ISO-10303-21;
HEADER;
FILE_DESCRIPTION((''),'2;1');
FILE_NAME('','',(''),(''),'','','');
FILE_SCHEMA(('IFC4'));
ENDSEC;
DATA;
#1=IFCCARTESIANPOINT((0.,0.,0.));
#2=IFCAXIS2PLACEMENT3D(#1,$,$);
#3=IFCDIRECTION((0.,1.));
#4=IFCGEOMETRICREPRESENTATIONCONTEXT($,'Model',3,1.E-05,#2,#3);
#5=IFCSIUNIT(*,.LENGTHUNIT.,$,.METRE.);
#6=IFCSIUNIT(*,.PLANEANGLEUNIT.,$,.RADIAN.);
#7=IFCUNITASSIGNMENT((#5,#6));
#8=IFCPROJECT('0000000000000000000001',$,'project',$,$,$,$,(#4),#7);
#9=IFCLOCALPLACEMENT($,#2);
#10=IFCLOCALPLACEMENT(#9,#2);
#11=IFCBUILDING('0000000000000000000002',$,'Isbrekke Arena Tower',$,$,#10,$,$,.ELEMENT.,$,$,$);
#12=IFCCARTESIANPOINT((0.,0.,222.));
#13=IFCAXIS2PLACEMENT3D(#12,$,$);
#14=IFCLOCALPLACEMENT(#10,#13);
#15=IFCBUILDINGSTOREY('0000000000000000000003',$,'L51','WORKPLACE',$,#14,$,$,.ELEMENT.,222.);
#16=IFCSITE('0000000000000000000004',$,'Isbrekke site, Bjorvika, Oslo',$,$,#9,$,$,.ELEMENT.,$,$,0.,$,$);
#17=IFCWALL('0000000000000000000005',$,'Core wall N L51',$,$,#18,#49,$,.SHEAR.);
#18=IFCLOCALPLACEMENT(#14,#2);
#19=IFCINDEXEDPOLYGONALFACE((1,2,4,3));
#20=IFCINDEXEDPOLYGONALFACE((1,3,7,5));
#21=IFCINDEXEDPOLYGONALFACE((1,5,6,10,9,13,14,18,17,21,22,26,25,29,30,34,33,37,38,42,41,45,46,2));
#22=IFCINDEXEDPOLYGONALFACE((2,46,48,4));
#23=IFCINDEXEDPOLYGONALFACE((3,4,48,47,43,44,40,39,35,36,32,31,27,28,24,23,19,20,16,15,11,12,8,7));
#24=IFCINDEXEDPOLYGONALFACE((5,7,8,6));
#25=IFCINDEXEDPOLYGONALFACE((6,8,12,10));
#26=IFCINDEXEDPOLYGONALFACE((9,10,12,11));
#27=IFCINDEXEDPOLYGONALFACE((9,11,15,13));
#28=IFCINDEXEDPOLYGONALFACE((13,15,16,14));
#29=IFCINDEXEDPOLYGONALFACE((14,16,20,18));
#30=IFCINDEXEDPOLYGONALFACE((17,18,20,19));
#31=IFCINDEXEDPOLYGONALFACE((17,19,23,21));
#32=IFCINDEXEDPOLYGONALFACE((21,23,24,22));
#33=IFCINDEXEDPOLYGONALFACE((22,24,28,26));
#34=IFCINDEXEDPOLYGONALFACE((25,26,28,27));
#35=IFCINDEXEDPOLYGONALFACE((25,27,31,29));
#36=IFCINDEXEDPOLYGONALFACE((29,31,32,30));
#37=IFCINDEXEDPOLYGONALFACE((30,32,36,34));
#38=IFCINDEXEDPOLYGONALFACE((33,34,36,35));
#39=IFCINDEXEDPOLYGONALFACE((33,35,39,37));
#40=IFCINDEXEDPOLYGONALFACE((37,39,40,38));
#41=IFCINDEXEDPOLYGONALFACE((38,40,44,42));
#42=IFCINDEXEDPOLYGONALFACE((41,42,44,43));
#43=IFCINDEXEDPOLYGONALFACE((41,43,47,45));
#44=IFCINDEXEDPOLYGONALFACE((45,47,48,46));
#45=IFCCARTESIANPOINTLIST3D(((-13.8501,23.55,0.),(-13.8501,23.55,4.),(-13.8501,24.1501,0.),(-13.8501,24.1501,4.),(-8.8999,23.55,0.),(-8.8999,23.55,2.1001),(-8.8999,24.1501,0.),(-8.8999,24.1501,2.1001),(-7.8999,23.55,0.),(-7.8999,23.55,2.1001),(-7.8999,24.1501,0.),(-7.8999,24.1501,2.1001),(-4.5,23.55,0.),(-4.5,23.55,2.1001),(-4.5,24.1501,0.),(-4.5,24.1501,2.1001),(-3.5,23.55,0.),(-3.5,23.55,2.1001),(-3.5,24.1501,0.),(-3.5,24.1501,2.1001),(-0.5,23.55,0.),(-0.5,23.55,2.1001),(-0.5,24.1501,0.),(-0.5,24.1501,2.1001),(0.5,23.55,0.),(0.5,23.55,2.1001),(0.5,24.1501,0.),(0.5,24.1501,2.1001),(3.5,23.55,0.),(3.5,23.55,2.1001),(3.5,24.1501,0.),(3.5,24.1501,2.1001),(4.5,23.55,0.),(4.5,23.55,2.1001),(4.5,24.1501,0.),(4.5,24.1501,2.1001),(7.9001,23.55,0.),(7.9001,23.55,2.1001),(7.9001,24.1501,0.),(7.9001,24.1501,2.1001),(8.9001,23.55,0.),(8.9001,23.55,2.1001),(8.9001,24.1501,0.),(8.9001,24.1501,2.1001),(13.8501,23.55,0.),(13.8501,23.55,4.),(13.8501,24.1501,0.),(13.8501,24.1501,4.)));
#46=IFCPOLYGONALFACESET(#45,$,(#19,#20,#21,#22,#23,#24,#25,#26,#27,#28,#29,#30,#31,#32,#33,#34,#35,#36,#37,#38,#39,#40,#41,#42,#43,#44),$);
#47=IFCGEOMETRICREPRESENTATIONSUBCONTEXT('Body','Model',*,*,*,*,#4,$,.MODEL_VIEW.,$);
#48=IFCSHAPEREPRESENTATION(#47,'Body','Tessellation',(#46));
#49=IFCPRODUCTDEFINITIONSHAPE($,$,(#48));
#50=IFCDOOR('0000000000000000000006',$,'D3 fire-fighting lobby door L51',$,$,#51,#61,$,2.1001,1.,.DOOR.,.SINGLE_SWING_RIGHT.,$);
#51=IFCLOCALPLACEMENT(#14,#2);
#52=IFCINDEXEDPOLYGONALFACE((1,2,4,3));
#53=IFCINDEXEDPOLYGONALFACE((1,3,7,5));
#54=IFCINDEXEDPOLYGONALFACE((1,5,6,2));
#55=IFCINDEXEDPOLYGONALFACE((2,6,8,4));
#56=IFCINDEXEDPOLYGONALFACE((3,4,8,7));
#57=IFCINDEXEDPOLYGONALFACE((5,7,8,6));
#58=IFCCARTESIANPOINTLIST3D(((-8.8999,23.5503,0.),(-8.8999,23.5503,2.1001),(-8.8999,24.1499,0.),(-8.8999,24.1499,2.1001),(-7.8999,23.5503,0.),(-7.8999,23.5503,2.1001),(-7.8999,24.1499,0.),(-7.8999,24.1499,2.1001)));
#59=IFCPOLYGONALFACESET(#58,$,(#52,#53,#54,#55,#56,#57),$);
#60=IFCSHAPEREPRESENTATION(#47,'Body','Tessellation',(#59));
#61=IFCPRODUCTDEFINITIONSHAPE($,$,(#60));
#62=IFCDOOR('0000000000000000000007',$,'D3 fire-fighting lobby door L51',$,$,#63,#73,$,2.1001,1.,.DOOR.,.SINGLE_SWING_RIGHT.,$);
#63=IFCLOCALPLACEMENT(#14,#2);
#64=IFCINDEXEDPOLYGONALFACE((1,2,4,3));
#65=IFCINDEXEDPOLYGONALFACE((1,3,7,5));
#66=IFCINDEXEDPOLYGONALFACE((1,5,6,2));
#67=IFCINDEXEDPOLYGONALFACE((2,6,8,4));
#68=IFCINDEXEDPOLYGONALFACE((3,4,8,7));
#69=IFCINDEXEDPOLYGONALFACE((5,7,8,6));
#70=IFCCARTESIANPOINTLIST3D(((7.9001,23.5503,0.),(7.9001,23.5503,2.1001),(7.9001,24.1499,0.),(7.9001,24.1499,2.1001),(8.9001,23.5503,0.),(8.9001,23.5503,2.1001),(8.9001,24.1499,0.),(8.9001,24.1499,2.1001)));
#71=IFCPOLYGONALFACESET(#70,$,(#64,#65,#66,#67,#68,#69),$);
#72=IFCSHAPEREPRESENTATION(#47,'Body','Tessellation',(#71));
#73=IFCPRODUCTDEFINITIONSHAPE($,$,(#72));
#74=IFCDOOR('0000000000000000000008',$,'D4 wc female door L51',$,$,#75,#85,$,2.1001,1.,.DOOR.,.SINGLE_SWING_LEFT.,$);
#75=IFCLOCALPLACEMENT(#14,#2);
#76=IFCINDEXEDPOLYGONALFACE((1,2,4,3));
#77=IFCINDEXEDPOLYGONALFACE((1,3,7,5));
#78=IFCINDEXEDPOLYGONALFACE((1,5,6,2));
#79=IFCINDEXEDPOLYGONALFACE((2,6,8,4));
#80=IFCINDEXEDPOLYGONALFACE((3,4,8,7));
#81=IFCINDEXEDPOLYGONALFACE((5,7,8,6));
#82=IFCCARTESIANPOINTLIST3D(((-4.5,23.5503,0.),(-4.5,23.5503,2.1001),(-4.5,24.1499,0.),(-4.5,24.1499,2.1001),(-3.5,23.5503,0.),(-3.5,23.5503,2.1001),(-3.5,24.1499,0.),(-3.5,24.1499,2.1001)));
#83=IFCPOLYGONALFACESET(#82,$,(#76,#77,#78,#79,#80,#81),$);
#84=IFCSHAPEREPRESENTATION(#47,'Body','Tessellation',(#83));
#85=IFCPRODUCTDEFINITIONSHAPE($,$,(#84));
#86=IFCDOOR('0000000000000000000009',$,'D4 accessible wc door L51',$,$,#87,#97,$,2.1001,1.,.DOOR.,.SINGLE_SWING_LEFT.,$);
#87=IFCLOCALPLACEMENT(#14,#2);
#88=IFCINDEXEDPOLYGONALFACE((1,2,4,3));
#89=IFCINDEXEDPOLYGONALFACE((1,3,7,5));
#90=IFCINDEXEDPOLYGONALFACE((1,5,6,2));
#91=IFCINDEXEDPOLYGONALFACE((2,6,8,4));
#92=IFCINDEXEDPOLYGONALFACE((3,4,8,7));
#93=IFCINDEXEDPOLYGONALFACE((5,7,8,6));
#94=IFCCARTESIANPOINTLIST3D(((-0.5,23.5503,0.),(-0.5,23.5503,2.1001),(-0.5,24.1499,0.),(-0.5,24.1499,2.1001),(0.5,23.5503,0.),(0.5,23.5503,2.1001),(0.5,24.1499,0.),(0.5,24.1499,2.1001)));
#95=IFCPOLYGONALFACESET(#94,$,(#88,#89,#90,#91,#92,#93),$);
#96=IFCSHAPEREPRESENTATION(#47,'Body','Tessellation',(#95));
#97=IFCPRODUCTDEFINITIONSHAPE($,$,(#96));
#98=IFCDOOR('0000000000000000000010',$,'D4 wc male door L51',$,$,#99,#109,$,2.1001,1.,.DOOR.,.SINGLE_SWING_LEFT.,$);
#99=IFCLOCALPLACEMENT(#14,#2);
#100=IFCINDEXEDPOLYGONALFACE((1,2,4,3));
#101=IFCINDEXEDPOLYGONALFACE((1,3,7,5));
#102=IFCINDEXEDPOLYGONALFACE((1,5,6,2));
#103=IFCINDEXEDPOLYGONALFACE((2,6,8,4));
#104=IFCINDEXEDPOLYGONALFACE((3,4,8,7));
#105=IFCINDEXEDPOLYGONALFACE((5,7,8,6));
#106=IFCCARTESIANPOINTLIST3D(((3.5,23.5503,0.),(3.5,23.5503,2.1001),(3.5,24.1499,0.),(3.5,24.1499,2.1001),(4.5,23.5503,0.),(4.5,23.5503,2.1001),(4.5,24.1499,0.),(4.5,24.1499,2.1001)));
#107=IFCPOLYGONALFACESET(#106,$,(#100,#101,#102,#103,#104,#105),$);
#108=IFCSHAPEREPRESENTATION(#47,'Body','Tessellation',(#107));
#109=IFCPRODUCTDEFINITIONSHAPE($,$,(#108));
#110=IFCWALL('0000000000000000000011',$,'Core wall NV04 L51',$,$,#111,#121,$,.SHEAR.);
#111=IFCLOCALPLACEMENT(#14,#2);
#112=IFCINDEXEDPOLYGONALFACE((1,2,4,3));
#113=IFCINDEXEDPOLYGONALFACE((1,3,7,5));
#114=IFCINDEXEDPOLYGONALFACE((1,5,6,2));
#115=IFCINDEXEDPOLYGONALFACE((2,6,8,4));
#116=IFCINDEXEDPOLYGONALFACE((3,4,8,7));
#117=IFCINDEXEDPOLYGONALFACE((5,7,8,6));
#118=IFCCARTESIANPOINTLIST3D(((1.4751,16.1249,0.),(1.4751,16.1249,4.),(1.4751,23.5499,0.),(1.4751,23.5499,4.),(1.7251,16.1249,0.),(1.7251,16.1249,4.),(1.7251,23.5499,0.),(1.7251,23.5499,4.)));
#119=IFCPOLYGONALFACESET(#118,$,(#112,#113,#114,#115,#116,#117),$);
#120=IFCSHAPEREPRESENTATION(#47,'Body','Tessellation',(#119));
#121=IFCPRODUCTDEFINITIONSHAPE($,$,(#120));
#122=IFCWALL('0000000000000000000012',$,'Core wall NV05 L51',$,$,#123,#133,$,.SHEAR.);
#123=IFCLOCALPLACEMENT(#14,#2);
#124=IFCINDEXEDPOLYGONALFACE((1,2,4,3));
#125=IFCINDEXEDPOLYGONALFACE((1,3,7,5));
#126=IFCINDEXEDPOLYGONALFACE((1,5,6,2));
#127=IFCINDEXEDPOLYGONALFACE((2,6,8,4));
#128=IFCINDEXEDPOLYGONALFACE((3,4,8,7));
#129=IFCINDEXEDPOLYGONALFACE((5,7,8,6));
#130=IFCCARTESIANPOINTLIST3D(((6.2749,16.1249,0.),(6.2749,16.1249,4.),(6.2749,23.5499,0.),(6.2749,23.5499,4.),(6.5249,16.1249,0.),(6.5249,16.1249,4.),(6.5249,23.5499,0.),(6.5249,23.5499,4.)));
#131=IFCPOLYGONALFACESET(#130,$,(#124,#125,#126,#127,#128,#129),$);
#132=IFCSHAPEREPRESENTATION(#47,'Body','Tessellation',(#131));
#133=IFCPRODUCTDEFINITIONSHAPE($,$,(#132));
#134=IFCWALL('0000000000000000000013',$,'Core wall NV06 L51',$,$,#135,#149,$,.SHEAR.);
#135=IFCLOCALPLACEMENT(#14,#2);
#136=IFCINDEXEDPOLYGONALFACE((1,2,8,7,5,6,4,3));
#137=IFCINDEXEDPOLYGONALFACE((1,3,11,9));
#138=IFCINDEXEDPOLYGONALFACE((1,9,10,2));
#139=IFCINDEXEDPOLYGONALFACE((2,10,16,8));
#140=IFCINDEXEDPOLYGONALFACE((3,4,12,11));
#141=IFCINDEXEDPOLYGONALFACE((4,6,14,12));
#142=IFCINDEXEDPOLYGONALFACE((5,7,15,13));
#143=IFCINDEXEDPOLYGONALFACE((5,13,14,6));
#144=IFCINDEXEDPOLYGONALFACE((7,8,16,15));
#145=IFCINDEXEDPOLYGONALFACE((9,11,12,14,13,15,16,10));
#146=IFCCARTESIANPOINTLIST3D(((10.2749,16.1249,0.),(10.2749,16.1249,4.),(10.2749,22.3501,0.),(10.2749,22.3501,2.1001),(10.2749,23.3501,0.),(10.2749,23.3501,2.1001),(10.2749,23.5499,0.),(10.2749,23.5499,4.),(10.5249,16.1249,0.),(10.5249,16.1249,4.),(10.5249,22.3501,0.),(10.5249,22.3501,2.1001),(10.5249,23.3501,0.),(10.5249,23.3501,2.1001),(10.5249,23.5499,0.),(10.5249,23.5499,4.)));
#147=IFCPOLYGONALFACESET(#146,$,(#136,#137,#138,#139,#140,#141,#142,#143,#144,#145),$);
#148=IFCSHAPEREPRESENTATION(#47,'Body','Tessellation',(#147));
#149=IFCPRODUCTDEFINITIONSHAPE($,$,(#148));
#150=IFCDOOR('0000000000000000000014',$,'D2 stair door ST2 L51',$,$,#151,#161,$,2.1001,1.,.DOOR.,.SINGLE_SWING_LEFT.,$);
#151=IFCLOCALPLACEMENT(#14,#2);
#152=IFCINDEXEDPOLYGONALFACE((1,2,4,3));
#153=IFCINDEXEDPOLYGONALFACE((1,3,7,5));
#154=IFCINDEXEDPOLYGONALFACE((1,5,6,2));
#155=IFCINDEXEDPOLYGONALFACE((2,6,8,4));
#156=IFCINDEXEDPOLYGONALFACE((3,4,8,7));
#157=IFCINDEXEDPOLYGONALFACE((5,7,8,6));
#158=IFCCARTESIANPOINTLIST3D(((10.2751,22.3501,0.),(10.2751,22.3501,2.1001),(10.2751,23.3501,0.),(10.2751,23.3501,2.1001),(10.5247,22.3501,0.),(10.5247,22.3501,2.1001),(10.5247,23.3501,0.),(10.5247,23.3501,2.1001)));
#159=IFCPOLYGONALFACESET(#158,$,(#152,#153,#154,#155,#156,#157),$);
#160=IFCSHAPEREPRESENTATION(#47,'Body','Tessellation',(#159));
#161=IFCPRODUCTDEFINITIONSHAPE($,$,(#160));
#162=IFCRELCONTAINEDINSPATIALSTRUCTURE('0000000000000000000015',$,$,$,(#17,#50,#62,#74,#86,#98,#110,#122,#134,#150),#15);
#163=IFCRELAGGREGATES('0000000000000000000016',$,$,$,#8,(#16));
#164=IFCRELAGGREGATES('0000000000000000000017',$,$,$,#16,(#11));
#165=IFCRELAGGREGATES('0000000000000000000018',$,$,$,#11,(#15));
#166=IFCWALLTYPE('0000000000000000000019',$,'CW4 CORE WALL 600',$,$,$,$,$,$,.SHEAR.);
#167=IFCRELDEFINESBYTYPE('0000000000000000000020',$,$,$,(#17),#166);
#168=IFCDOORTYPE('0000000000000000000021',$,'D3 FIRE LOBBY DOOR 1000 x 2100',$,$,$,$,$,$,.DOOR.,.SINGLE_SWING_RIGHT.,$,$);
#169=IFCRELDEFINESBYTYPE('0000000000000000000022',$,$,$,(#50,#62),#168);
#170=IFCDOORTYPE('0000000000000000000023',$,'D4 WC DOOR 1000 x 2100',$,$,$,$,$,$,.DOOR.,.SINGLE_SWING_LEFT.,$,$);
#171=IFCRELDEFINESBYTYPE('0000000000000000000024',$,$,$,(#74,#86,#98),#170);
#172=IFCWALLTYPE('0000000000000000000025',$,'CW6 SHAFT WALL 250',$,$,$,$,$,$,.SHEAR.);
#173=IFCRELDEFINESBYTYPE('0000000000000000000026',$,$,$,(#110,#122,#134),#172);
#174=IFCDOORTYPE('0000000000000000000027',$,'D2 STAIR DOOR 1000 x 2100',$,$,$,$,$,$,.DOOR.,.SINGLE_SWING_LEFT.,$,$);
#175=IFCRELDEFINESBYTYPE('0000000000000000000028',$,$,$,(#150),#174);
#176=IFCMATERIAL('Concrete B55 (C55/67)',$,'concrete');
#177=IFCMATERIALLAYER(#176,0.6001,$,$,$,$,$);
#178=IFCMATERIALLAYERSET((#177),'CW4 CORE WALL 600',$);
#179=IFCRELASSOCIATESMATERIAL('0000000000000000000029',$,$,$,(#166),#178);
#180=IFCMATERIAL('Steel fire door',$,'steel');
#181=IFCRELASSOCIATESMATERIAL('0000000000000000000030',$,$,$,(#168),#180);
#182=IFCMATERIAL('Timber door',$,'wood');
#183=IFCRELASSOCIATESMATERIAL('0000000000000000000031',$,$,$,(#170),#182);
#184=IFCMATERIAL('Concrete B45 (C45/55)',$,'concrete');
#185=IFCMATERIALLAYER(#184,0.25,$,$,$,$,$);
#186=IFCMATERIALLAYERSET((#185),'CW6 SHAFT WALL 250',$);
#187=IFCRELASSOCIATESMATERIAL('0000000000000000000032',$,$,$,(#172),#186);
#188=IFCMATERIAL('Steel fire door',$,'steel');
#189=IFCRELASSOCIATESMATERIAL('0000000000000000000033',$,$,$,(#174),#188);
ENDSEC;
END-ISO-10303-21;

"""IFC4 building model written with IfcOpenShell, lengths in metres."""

from ifc_helpers import new_model, si_unit, direction, frame, frame_2d, origin, place, context, subcontext, project, spatial, rectangle, extrude, material, layer, layer_set, type_object, element, fill, save


model = new_model("IFC4")

# Units and contexts
model_context = context("Model", 3, precision=1e-05, world=origin(), true_north=direction((0.0, 1.0)))
body_context = subcontext(model_context, "Body", "Model", "MODEL_VIEW")
ifc_project = project(units=[si_unit("LENGTHUNIT", "METRE"), si_unit("PLANEANGLEUNIT", "RADIAN")], contexts=[model_context])

# Site, building, storey
site_placement = place(None, origin())
site = spatial("IfcSite", under=ifc_project, at=site_placement, Name="Isbrekke site, Bjorvika, Oslo", CompositionType="ELEMENT", RefElevation=0.0)
building_placement = place(site_placement, origin())
building = spatial("IfcBuilding", under=site, at=building_placement, Name="Isbrekke Arena Tower", CompositionType="ELEMENT")
storey_placement = place(building_placement, frame((0.0, 0.0, 222.0)))
storey = spatial("IfcBuildingStorey", under=building, at=storey_placement, Name="L51", Description="WORKPLACE", CompositionType="ELEMENT", Elevation=222.0)

# Wall, openings, doors
ifc_material_1 = material(Name="Concrete B55 (C55/67)", Category="concrete")
ifc_layer_1 = layer(ifc_material_1, 0.6001)
ifc_layer_set_1 = layer_set([ifc_layer_1], Name="CW4 CORE WALL 600")
wall_type_1 = type_object("IfcWallType", Name="CW4 CORE WALL 600", PredefinedType="SHEAR", material=ifc_layer_set_1)
wall_1_placement = place(storey_placement, frame((13.8501, 23.8501, 0.0), z_axis=(0.0, 0.0, 1.0), x_axis=(-1.0, 0.0, 0.0)))
wall_1 = element("IfcWall", 1, at=wall_1_placement, inside=storey, type_object=wall_type_1, Name="Core wall N L51", PredefinedType="SHEAR", context=body_context, shape_type="SweptSolid", body=[
    extrude(rectangle(XDim=27.7002, YDim=0.6001, at=frame_2d((13.8501, 0.0))), origin(), (0.0, 0.0, 1.0), 4.0),
])
opening_1_placement = place(wall_1_placement, frame((21.75, 0.0, 0.0)))
opening_1 = element("IfcOpeningElement", 2, at=opening_1_placement, cuts=wall_1, PredefinedType="OPENING", context=body_context, shape_type="SweptSolid", body=[
    extrude(rectangle(XDim=1.0, YDim=2.1001, at=frame_2d((0.5, 1.05))), frame((0.0, 0.3149, 0.0), z_axis=(0.0, -1.0, 0.0), x_axis=(1.0, 0.0, 0.0)), (0.0, 0.0, 1.0), 0.6299),
])
opening_2_placement = place(wall_1_placement, frame((4.95, 0.0, 0.0)))
opening_2 = element("IfcOpeningElement", 3, at=opening_2_placement, cuts=wall_1, PredefinedType="OPENING", context=body_context, shape_type="SweptSolid", body=[
    extrude(rectangle(XDim=1.0, YDim=2.1001, at=frame_2d((0.5, 1.05))), frame((0.0, 0.3149, 0.0), z_axis=(0.0, -1.0, 0.0), x_axis=(1.0, 0.0, 0.0)), (0.0, 0.0, 1.0), 0.6299),
])
opening_3_placement = place(wall_1_placement, frame((17.3501, 0.0, 0.0)))
opening_3 = element("IfcOpeningElement", 4, at=opening_3_placement, cuts=wall_1, PredefinedType="OPENING", context=body_context, shape_type="SweptSolid", body=[
    extrude(rectangle(XDim=1.0, YDim=2.1001, at=frame_2d((0.5, 1.05))), frame((0.0, 0.3149, 0.0), z_axis=(0.0, -1.0, 0.0), x_axis=(1.0, 0.0, 0.0)), (0.0, 0.0, 1.0), 0.6299),
])
opening_4_placement = place(wall_1_placement, frame((13.3501, 0.0, 0.0)))
opening_4 = element("IfcOpeningElement", 5, at=opening_4_placement, cuts=wall_1, PredefinedType="OPENING", context=body_context, shape_type="SweptSolid", body=[
    extrude(rectangle(XDim=1.0, YDim=2.1001, at=frame_2d((0.5, 1.05))), frame((0.0, 0.3149, 0.0), z_axis=(0.0, -1.0, 0.0), x_axis=(1.0, 0.0, 0.0)), (0.0, 0.0, 1.0), 0.6299),
])
opening_5_placement = place(wall_1_placement, frame((9.3501, 0.0, 0.0)))
opening_5 = element("IfcOpeningElement", 6, at=opening_5_placement, cuts=wall_1, PredefinedType="OPENING", context=body_context, shape_type="SweptSolid", body=[
    extrude(rectangle(XDim=1.0, YDim=2.1001, at=frame_2d((0.5, 1.05))), frame((0.0, 0.3149, 0.0), z_axis=(0.0, -1.0, 0.0), x_axis=(1.0, 0.0, 0.0)), (0.0, 0.0, 1.0), 0.6299),
])
ifc_material_2 = material(Name="Steel fire door", Category="steel")
door_type_1 = type_object("IfcDoorType", Name="D3 FIRE LOBBY DOOR 1000 x 2100", OperationType="SINGLE_SWING_RIGHT", PredefinedType="DOOR", material=ifc_material_2)
door_1_placement = place(opening_1_placement, origin())
door_1 = element("IfcDoor", 7, at=door_1_placement, inside=storey, type_object=door_type_1, Name="D3 fire-fighting lobby door L51", OperationType="SINGLE_SWING_RIGHT", OverallHeight=2.1001, OverallWidth=1.0, PredefinedType="DOOR", context=body_context, shape_type="SweptSolid", body=[
    extrude(rectangle(XDim=1.0, YDim=2.1001, at=frame_2d((0.5, 1.05))), frame((0.0, 0.2998, 0.0), z_axis=(0.0, -1.0, 0.0), x_axis=(1.0, 0.0, 0.0)), (0.0, 0.0, 1.0), 0.5996),
])
fill(opening_1, door_1)
door_2_placement = place(opening_2_placement, origin())
door_2 = element("IfcDoor", 8, at=door_2_placement, inside=storey, type_object=door_type_1, Name="D3 fire-fighting lobby door L51", OperationType="SINGLE_SWING_RIGHT", OverallHeight=2.1001, OverallWidth=1.0, PredefinedType="DOOR", context=body_context, shape_type="SweptSolid", body=[
    extrude(rectangle(XDim=1.0, YDim=2.1001, at=frame_2d((0.5, 1.05))), frame((0.0, 0.2998, 0.0), z_axis=(0.0, -1.0, 0.0), x_axis=(1.0, 0.0, 0.0)), (0.0, 0.0, 1.0), 0.5996),
])
fill(opening_2, door_2)
ifc_material_3 = material(Name="Timber door", Category="wood")
door_type_2 = type_object("IfcDoorType", Name="D4 WC DOOR 1000 x 2100", OperationType="SINGLE_SWING_LEFT", PredefinedType="DOOR", material=ifc_material_3)
door_3_placement = place(opening_3_placement, origin())
door_3 = element("IfcDoor", 9, at=door_3_placement, inside=storey, type_object=door_type_2, Name="D4 wc female door L51", OperationType="SINGLE_SWING_LEFT", OverallHeight=2.1001, OverallWidth=1.0, PredefinedType="DOOR", context=body_context, shape_type="SweptSolid", body=[
    extrude(rectangle(XDim=1.0, YDim=2.1001, at=frame_2d((0.5, 1.05))), frame((0.0, 0.2998, 0.0), z_axis=(0.0, -1.0, 0.0), x_axis=(1.0, 0.0, 0.0)), (0.0, 0.0, 1.0), 0.5996),
])
fill(opening_3, door_3)
door_4_placement = place(opening_4_placement, origin())
door_4 = element("IfcDoor", 10, at=door_4_placement, inside=storey, type_object=door_type_2, Name="D4 accessible wc door L51", OperationType="SINGLE_SWING_LEFT", OverallHeight=2.1001, OverallWidth=1.0, PredefinedType="DOOR", context=body_context, shape_type="SweptSolid", body=[
    extrude(rectangle(XDim=1.0, YDim=2.1001, at=frame_2d((0.5, 1.05))), frame((0.0, 0.2998, 0.0), z_axis=(0.0, -1.0, 0.0), x_axis=(1.0, 0.0, 0.0)), (0.0, 0.0, 1.0), 0.5996),
])
fill(opening_4, door_4)
door_5_placement = place(opening_5_placement, origin())
door_5 = element("IfcDoor", 11, at=door_5_placement, inside=storey, type_object=door_type_2, Name="D4 wc male door L51", OperationType="SINGLE_SWING_LEFT", OverallHeight=2.1001, OverallWidth=1.0, PredefinedType="DOOR", context=body_context, shape_type="SweptSolid", body=[
    extrude(rectangle(XDim=1.0, YDim=2.1001, at=frame_2d((0.5, 1.05))), frame((0.0, 0.2998, 0.0), z_axis=(0.0, -1.0, 0.0), x_axis=(1.0, 0.0, 0.0)), (0.0, 0.0, 1.0), 0.5996),
])
fill(opening_5, door_5)

# Walls
ifc_material_4 = material(Name="Concrete B45 (C45/55)", Category="concrete")
ifc_layer_2 = layer(ifc_material_4, 0.25)
ifc_layer_set_2 = layer_set([ifc_layer_2], Name="CW6 SHAFT WALL 250")
wall_type_2 = type_object("IfcWallType", Name="CW6 SHAFT WALL 250", PredefinedType="SHEAR", material=ifc_layer_set_2)
for number, where, z_axis, x_axis, name in (
    (12, (1.6001, 16.125, 0.0), (0.0, 0.0, 1.0), (0.0, 1.0, 0.0), "Core wall NV04 L51"),
    (13, (6.3999, 16.125, 0.0), (0.0, 0.0, 1.0), (0.0, 1.0, 0.0), "Core wall NV05 L51"),
):
    element("IfcWall", number, at=place(storey_placement, frame(where, z_axis=z_axis, x_axis=x_axis)), inside=storey, type_object=wall_type_2, Name=name, PredefinedType="SHEAR", context=body_context, shape_type="SweptSolid", body=[
        extrude(rectangle(XDim=7.425, YDim=0.25, at=frame_2d((3.7124, 0.0))), origin(), (0.0, 0.0, 1.0), 4.0),
    ])

# Wall, opening, door
wall_2_placement = place(storey_placement, frame((10.3999, 16.125, 0.0), z_axis=(0.0, 0.0, 1.0), x_axis=(0.0, 1.0, 0.0)))
wall_2 = element("IfcWall", 14, at=wall_2_placement, inside=storey, type_object=wall_type_2, Name="Core wall NV06 L51", PredefinedType="SHEAR", context=body_context, shape_type="SweptSolid", body=[
    extrude(rectangle(XDim=7.425, YDim=0.25, at=frame_2d((3.7124, 0.0))), origin(), (0.0, 0.0, 1.0), 4.0),
])
opening_6_placement = place(wall_2_placement, frame((6.2251, 0.0, 0.0)))
opening_6 = element("IfcOpeningElement", 15, at=opening_6_placement, cuts=wall_2, PredefinedType="OPENING", context=body_context, shape_type="SweptSolid", body=[
    extrude(rectangle(XDim=1.0, YDim=2.1001, at=frame_2d((0.5, 1.05))), frame((0.0, 0.1399, 0.0), z_axis=(0.0, -1.0, 0.0), x_axis=(1.0, 0.0, 0.0)), (0.0, 0.0, 1.0), 0.2798),
])
ifc_material_5 = material(Name="Steel fire door", Category="steel")
door_type_3 = type_object("IfcDoorType", Name="D2 STAIR DOOR 1000 x 2100", OperationType="SINGLE_SWING_LEFT", PredefinedType="DOOR", material=ifc_material_5)
door_6_placement = place(opening_6_placement, origin())
door_6 = element("IfcDoor", 16, at=door_6_placement, inside=storey, type_object=door_type_3, Name="D2 stair door ST2 L51", OperationType="SINGLE_SWING_LEFT", OverallHeight=2.1001, OverallWidth=1.0, PredefinedType="DOOR", context=body_context, shape_type="SweptSolid", body=[
    extrude(rectangle(XDim=1.0, YDim=2.1001, at=frame_2d((0.5, 1.05))), frame((0.0, 0.1248, 0.0), z_axis=(0.0, -1.0, 0.0), x_axis=(1.0, 0.0, 0.0)), (0.0, 0.0, 1.0), 0.2495),
])
fill(opening_6, door_6)

save(model, "model.ifc")
